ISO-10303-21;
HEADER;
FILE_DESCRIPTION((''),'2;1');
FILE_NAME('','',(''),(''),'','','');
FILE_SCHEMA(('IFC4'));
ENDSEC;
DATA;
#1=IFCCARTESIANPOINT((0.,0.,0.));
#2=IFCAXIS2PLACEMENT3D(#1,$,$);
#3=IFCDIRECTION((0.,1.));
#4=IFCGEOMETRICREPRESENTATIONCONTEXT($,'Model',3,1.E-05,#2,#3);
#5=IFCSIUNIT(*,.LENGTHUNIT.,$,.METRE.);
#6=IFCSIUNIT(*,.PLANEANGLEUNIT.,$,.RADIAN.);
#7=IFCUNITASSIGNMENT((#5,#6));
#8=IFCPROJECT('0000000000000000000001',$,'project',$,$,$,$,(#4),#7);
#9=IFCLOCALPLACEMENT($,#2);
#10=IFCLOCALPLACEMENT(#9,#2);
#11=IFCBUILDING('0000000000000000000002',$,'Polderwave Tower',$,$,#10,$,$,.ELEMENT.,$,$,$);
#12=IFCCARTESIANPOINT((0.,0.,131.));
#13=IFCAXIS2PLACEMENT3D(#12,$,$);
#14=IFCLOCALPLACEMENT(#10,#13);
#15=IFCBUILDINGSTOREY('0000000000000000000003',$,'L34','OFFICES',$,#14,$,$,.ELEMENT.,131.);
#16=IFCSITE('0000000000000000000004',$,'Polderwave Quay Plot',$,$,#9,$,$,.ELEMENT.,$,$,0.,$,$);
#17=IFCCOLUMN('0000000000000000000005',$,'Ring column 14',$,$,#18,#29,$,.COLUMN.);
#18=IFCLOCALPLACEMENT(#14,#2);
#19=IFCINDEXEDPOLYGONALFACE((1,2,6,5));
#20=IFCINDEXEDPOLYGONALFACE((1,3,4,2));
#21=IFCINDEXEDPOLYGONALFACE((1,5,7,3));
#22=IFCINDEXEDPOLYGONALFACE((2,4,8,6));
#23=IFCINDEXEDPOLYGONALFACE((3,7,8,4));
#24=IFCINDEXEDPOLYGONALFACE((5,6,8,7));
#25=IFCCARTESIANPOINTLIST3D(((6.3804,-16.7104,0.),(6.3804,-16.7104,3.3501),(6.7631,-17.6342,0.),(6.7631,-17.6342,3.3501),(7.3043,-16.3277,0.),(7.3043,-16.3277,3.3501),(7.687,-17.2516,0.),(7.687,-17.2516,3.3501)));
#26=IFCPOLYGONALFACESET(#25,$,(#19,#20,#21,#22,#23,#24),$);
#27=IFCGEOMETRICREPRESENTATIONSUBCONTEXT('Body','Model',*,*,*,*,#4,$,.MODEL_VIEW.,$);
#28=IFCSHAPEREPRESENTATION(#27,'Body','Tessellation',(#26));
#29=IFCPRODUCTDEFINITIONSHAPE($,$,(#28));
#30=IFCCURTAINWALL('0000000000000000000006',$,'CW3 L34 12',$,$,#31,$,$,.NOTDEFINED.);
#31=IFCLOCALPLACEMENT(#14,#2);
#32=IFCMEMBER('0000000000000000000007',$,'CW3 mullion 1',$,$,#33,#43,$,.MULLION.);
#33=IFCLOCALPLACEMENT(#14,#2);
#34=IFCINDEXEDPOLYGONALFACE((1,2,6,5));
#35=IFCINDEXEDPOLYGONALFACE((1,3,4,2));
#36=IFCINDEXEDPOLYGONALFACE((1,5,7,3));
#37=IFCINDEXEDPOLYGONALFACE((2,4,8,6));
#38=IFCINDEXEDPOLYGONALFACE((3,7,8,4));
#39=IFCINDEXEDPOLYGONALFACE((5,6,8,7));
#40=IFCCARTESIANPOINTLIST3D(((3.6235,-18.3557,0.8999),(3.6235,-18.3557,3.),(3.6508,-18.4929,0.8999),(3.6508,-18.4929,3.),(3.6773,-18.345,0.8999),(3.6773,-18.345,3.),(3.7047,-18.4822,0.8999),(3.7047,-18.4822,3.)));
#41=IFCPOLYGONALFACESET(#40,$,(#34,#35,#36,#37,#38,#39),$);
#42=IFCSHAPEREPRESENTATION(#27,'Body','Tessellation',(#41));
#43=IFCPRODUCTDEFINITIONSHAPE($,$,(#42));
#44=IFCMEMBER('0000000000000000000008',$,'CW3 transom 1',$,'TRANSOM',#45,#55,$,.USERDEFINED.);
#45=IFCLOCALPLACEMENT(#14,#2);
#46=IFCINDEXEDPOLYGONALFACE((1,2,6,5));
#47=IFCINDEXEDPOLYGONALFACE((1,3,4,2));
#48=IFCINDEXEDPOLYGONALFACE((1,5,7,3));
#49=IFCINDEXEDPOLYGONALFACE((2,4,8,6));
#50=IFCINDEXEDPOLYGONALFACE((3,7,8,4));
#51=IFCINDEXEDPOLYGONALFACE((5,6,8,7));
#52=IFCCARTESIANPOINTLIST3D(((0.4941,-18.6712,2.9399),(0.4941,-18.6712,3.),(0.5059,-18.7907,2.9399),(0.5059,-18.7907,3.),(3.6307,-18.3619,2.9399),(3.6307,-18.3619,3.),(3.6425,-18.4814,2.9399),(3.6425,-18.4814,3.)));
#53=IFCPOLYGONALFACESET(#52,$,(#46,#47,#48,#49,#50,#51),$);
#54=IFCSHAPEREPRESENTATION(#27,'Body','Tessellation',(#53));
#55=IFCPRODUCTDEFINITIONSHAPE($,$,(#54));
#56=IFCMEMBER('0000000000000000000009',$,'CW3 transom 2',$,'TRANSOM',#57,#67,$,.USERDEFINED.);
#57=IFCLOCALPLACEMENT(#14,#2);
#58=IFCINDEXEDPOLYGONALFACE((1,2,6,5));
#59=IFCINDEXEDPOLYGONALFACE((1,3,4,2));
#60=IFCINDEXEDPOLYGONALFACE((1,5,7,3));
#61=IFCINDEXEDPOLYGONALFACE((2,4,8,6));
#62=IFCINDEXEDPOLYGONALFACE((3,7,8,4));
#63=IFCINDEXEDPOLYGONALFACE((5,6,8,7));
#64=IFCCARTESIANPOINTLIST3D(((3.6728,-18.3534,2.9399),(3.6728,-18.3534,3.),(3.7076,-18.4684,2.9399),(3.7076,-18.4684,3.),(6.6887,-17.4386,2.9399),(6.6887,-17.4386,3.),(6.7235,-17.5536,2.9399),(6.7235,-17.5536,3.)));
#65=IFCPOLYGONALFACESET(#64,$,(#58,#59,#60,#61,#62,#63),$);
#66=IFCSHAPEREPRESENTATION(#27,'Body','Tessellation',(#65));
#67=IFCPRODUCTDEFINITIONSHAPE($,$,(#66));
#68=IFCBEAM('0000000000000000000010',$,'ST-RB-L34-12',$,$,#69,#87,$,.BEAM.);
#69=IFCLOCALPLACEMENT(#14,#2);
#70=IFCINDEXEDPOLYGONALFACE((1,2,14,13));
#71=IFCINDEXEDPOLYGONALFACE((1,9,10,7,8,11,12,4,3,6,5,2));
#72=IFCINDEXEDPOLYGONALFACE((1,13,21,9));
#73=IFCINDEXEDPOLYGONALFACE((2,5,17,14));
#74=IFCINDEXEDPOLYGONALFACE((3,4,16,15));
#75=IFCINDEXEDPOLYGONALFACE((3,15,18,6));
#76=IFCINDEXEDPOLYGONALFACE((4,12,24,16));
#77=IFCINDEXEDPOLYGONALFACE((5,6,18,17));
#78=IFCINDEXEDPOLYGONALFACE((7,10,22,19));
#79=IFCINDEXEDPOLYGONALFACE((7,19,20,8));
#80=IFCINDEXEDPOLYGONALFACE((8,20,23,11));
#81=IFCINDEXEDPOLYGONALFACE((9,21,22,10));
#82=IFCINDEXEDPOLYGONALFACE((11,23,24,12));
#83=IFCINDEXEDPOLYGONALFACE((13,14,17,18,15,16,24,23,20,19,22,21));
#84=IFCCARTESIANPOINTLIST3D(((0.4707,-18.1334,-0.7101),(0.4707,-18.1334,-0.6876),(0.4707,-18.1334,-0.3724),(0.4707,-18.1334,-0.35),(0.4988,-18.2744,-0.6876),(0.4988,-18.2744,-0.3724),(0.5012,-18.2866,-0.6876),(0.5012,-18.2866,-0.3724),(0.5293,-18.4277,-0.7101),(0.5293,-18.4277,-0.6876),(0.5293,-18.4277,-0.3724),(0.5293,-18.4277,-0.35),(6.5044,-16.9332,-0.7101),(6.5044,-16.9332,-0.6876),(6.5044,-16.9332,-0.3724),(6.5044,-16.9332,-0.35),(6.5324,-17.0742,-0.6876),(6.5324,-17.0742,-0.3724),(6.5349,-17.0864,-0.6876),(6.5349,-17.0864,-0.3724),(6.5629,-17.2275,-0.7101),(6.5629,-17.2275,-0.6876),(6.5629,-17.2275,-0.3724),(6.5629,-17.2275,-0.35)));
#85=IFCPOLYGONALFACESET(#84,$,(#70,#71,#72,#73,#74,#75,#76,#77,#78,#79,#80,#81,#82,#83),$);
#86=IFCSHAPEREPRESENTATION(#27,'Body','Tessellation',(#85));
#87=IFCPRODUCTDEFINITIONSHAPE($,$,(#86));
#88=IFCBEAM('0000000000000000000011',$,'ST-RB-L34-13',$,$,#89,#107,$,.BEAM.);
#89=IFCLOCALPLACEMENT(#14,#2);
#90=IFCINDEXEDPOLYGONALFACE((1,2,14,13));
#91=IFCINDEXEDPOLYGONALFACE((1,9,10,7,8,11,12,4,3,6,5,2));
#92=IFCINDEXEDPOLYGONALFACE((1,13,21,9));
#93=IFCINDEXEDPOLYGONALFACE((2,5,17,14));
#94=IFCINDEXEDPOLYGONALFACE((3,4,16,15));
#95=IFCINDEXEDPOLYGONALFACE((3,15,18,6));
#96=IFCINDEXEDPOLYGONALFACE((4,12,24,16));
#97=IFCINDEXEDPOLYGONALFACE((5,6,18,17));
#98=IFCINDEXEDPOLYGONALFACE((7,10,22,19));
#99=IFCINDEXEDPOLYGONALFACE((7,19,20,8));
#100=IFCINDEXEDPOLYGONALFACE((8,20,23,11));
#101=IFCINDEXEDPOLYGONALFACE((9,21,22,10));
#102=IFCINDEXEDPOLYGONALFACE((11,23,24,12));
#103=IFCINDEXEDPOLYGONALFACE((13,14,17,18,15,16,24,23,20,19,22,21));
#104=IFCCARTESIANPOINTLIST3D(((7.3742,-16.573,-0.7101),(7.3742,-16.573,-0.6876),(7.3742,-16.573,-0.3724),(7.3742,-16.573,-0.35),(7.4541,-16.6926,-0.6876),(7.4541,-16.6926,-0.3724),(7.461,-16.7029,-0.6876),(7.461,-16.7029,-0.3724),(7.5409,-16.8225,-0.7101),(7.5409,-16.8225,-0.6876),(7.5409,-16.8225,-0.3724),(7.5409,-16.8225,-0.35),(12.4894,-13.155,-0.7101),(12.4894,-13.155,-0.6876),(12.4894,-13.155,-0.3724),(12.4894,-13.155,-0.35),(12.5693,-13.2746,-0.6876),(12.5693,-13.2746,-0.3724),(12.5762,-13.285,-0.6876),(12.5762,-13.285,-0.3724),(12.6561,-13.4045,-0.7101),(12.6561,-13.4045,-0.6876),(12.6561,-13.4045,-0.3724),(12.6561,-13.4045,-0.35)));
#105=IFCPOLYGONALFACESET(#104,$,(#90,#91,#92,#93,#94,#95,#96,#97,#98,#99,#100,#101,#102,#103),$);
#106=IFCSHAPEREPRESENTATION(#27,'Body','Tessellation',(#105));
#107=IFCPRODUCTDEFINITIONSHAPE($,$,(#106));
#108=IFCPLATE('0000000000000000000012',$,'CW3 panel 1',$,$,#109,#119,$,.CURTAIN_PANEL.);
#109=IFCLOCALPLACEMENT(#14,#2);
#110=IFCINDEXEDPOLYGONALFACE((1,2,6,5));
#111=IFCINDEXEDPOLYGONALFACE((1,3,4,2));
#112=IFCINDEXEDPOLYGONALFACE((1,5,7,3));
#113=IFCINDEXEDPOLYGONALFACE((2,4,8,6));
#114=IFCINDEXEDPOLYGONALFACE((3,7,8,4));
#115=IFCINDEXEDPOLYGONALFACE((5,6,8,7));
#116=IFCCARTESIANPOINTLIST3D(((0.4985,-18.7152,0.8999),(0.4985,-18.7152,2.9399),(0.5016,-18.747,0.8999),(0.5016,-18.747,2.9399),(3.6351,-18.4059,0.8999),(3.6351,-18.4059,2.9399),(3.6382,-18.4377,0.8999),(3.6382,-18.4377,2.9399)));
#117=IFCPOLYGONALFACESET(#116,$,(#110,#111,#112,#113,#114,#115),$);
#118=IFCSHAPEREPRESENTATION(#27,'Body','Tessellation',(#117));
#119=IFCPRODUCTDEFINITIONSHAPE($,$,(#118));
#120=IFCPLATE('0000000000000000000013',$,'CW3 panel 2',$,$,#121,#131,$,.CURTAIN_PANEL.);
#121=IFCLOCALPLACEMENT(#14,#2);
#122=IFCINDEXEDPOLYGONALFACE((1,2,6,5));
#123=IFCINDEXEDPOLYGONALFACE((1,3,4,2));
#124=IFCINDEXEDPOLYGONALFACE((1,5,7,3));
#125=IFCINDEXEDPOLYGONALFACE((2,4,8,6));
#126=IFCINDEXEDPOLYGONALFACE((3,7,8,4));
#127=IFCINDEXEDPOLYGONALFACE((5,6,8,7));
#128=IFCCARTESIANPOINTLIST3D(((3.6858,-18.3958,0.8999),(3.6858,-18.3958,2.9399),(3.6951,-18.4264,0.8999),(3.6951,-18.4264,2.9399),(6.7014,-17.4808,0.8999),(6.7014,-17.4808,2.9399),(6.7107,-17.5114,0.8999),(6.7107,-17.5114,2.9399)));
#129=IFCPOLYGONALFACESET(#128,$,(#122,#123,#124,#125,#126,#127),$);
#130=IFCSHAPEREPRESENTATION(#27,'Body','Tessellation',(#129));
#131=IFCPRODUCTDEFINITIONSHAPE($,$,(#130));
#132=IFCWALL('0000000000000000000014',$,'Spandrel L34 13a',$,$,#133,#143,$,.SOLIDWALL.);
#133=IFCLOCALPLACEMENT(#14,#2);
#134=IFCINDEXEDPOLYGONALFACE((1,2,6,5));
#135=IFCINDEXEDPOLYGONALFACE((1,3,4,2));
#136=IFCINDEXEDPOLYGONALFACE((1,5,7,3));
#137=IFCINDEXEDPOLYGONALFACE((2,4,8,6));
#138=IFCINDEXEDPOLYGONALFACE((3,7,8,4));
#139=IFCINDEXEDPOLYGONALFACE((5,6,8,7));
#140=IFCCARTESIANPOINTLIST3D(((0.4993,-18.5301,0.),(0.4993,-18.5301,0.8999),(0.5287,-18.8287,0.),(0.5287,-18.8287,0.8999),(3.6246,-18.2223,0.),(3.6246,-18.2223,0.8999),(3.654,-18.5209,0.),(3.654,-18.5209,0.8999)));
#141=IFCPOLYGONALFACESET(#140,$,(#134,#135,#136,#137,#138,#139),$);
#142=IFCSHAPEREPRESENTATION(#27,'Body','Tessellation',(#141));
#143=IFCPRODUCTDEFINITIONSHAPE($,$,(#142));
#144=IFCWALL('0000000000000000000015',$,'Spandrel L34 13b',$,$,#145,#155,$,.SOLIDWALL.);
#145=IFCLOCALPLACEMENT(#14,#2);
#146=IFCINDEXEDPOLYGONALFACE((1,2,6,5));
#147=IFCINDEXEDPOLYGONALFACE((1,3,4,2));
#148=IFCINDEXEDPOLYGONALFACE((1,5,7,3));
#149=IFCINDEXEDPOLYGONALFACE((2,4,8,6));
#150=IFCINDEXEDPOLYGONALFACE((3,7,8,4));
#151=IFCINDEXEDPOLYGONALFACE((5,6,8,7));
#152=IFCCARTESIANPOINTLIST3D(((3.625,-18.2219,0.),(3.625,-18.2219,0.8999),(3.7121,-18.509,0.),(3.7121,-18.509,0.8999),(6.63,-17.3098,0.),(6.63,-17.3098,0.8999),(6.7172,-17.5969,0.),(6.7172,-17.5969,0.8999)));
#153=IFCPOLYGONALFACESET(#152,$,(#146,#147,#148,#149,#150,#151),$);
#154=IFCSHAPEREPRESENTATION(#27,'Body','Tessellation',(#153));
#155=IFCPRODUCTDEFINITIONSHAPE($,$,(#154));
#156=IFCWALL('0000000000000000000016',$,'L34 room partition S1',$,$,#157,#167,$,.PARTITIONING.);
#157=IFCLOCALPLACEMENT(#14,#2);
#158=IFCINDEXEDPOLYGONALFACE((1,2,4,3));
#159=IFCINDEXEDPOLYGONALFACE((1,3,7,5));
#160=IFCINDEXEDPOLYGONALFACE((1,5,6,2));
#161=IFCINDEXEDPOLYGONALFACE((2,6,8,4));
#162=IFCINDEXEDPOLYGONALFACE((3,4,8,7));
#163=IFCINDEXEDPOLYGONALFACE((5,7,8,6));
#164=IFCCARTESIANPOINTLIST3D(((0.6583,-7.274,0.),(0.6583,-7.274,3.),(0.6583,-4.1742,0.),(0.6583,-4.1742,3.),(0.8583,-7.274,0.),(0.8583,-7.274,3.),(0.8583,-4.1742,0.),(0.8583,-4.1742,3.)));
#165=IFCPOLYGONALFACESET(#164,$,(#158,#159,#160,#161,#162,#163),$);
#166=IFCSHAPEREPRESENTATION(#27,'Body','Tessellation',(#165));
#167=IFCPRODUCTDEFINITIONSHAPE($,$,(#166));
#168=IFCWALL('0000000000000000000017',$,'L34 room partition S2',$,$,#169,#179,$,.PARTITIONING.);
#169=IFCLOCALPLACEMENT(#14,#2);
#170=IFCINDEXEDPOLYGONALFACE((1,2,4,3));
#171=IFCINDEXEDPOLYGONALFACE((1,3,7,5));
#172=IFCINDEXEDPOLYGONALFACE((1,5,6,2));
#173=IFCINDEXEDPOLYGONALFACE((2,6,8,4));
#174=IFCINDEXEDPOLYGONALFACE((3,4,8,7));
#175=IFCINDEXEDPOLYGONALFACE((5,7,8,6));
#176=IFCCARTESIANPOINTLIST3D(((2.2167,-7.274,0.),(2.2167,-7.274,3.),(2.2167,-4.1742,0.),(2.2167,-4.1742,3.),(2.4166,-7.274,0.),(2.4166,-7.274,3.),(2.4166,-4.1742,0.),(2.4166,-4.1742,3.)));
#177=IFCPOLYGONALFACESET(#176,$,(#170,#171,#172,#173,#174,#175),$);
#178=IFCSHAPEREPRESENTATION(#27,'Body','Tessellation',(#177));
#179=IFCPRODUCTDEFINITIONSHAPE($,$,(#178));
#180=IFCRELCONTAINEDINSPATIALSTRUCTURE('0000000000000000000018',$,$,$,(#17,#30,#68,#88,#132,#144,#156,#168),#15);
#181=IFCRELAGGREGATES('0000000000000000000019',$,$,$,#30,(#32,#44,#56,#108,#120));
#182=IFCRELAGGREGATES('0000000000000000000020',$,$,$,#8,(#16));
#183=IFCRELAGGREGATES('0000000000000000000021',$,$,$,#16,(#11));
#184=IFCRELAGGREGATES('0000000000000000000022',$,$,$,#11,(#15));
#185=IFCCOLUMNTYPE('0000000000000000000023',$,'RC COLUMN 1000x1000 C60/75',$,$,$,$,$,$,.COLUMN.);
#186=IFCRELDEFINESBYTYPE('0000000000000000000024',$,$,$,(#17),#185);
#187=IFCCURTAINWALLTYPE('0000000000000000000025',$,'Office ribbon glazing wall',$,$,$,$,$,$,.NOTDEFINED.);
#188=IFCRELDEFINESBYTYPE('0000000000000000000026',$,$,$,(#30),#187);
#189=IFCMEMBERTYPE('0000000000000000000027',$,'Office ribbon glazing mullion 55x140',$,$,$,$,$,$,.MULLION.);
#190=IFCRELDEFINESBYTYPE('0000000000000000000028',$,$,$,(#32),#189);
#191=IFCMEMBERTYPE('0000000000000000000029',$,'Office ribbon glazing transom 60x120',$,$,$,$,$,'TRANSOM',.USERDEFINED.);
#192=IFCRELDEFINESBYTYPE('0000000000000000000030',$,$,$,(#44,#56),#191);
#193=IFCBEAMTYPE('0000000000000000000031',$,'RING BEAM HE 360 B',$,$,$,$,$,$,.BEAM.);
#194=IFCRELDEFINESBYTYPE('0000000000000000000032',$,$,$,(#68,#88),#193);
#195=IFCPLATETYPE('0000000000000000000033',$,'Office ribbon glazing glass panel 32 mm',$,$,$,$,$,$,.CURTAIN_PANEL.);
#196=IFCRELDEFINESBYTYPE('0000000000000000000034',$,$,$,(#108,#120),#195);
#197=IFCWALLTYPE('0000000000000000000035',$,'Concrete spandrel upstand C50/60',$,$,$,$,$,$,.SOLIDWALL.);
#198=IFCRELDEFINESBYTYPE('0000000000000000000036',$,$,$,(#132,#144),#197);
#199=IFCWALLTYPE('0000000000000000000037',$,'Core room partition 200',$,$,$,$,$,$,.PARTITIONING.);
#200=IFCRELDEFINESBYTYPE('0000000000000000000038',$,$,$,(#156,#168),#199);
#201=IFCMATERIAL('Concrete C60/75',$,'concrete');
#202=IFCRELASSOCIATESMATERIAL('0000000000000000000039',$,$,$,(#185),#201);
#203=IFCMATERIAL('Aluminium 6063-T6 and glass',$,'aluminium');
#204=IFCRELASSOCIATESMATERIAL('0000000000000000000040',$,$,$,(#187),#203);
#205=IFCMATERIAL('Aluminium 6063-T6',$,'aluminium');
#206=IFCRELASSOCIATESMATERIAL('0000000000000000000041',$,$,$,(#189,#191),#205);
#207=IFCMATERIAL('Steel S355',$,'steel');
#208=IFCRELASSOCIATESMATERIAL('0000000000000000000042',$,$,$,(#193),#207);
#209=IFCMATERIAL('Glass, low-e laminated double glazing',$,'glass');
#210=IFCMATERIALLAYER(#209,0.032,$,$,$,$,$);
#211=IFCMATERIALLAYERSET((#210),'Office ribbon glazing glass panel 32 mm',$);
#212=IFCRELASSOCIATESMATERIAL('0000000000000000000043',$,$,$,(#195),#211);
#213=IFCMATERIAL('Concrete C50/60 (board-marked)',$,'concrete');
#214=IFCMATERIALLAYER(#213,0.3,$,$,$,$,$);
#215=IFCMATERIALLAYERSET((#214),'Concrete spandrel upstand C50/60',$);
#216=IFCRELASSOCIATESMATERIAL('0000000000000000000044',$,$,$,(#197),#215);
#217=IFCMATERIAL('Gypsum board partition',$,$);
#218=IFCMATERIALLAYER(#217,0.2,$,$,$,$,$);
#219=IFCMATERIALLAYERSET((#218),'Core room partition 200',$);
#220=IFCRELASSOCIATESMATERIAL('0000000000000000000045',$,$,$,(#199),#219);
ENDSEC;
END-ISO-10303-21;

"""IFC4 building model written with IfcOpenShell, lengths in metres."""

from ifc_helpers import new_model, si_unit, direction, frame, frame_2d, origin, origin_2d, place, context, subcontext, project, spatial, rectangle, i_section, extrude, material, layer, layer_set, material_profile, profile_set, type_object, element, aggregate, save


model = new_model("IFC4")

# Units and contexts
model_context = context("Model", 3, precision=1e-05, world=origin(), true_north=direction((0.0, 1.0)))
body_context = subcontext(model_context, "Body", "Model", "MODEL_VIEW")
ifc_project = project(units=[si_unit("LENGTHUNIT", "METRE"), si_unit("PLANEANGLEUNIT", "RADIAN")], contexts=[model_context])

# Site, building, storey
site_placement = place(None, origin())
site = spatial("IfcSite", under=ifc_project, at=site_placement, Name="Polderwave Quay Plot", CompositionType="ELEMENT", RefElevation=0.0)
building_placement = place(site_placement, origin())
building = spatial("IfcBuilding", under=site, at=building_placement, Name="Polderwave Tower", CompositionType="ELEMENT")
storey_placement = place(building_placement, frame((0.0, 0.0, 131.0)))
storey = spatial("IfcBuildingStorey", under=building, at=storey_placement, Name="L34", Description="OFFICES", CompositionType="ELEMENT", Elevation=131.0)

# Column
ifc_material_1 = material(Name="Concrete C60/75", Category="concrete")
ifc_material_profile_1 = material_profile(ifc_material_1, rectangle(XDim=1.0, YDim=1.0, at=origin_2d()), Name="RC 1000x1000")
ifc_profile_set_1 = profile_set([ifc_material_profile_1], Name="Concrete C60/75")
column_type = type_object("IfcColumnType", Name="RC COLUMN 1000x1000 C60/75", PredefinedType="COLUMN", material=ifc_profile_set_1)
column_placement = place(storey_placement, frame((7.0337, -16.981, 0.0), z_axis=(0.0, 0.0, 1.0), x_axis=(0.382683, -0.92388, 0.0)))
element("IfcColumn", 1, at=column_placement, inside=storey, type_object=column_type, Name="Ring column 14", PredefinedType="COLUMN", context=body_context, shape_type="SweptSolid", body=[
    extrude(rectangle(XDim=1.0, YDim=1.0, at=origin_2d()), origin(), (0.0, 0.0, 1.0), 3.3501),
])

# Curtain wall, members
ifc_material_2 = material(Name="Aluminium 6063-T6 and glass", Category="aluminium")
curtain_wall_type = type_object("IfcCurtainWallType", Name="Office ribbon glazing wall", PredefinedType="NOTDEFINED", material=ifc_material_2)
curtain_wall_placement = place(storey_placement, origin())
curtain_wall = element("IfcCurtainWall", 2, at=curtain_wall_placement, inside=storey, type_object=curtain_wall_type, Name="CW3 L34 12", PredefinedType="NOTDEFINED")
ifc_material_3 = material(Name="Aluminium 6063-T6", Category="aluminium")
ifc_material_profile_2 = material_profile(ifc_material_3, rectangle(XDim=0.1399, YDim=0.0549, at=origin_2d()), Name="AL 55x140")
ifc_profile_set_2 = profile_set([ifc_material_profile_2], Name="Aluminium 6063-T6")
member_type_1 = type_object("IfcMemberType", Name="Office ribbon glazing mullion 55x140", PredefinedType="MULLION", material=ifc_profile_set_2)
member_1_placement = place(storey_placement, frame((3.6641, -18.4189, 0.8999), z_axis=(0.0, 0.0, 1.0), x_axis=(-0.195179, 0.980768, 0.0)))
member_1 = element("IfcMember", 3, at=member_1_placement, type_object=member_type_1, Name="CW3 mullion 1", PredefinedType="MULLION", context=body_context, shape_type="SweptSolid", body=[
    extrude(rectangle(XDim=0.1399, YDim=0.0549, at=origin_2d()), origin(), (0.0, 0.0, 1.0), 2.1001),
])
ifc_material_profile_3 = material_profile(ifc_material_3, rectangle(XDim=0.1201, YDim=0.0601, at=origin_2d()), Name="AL 60x120")
ifc_profile_set_3 = profile_set([ifc_material_profile_3], Name="Aluminium 6063-T6")
member_type_2 = type_object("IfcMemberType", Name="Office ribbon glazing transom 60x120", ElementType="TRANSOM", PredefinedType="USERDEFINED", material=ifc_profile_set_3)
member_2_placement = place(storey_placement, frame((0.5, -18.731, 2.97), z_axis=(0.995173, 0.098139, 0.0), x_axis=(-0.098139, 0.995173, 0.0)))
member_2 = element("IfcMember", 4, at=member_2_placement, type_object=member_type_2, Name="CW3 transom 1", ObjectType="TRANSOM", PredefinedType="USERDEFINED", context=body_context, shape_type="SweptSolid", body=[
    extrude(rectangle(XDim=0.1201, YDim=0.0601, at=origin_2d()), origin(), (0.0, 0.0, 1.0), 3.1519),
])
member_3_placement = place(storey_placement, frame((3.6902, -18.4109, 2.97), z_axis=(0.956946, 0.290268, 0.0), x_axis=(-0.290268, 0.956946, 0.0)))
member_3 = element("IfcMember", 5, at=member_3_placement, type_object=member_type_2, Name="CW3 transom 2", ObjectType="TRANSOM", PredefinedType="USERDEFINED", context=body_context, shape_type="SweptSolid", body=[
    extrude(rectangle(XDim=0.1201, YDim=0.0601, at=origin_2d()), origin(), (0.0, 0.0, 1.0), 3.1516),
])

# Beams
ifc_material_4 = material(Name="Steel S355", Category="steel")
ifc_material_profile_4 = material_profile(ifc_material_4, i_section(OverallWidth=0.3, OverallDepth=0.3601, WebThickness=0.0125, FlangeThickness=0.0225, at=origin_2d()), Name="HE 360 B")
ifc_profile_set_4 = profile_set([ifc_material_profile_4], Name="Steel S355")
beam_type = type_object("IfcBeamType", Name="RING BEAM HE 360 B", PredefinedType="BEAM", material=ifc_profile_set_4)
beam_1_placement = place(storey_placement, frame((0.5, -18.2805, -0.53), z_axis=(0.980785, 0.195093, 0.0), x_axis=(-0.195093, 0.980785, 0.0)))
element("IfcBeam", 6, at=beam_1_placement, inside=storey, type_object=beam_type, Name="ST-RB-L34-12", PredefinedType="BEAM", context=body_context, shape_type="SweptSolid", body=[
    extrude(i_section(OverallWidth=0.3, OverallDepth=0.3601, WebThickness=0.0125, FlangeThickness=0.0225, at=origin_2d()), origin(), (0.0, 0.0, 1.0), 6.1519),
])
beam_2_placement = place(storey_placement, frame((7.4575, -16.6978, -0.53), z_axis=(0.831464, 0.555579, 0.0), x_axis=(-0.555579, 0.831464, 0.0)))
element("IfcBeam", 7, at=beam_2_placement, inside=storey, type_object=beam_type, Name="ST-RB-L34-13", PredefinedType="BEAM", context=body_context, shape_type="SweptSolid", body=[
    extrude(i_section(OverallWidth=0.3, OverallDepth=0.3601, WebThickness=0.0125, FlangeThickness=0.0225, at=origin_2d()), origin(), (0.0, 0.0, 1.0), 6.1521),
])

# Plates
ifc_material_5 = material(Name="Glass, low-e laminated double glazing", Category="glass")
ifc_layer_1 = layer(ifc_material_5, 0.032)
ifc_layer_set_1 = layer_set([ifc_layer_1], Name="Office ribbon glazing glass panel 32 mm")
plate_type = type_object("IfcPlateType", Name="Office ribbon glazing glass panel 32 mm", PredefinedType="CURTAIN_PANEL", material=ifc_layer_set_1)
plate_1_placement = place(storey_placement, frame((2.0684, -18.5764, 0.8999), z_axis=(0.0, 0.0, 1.0), x_axis=(0.995173, 0.098134, 0.0)))
plate_1 = element("IfcPlate", 8, at=plate_1_placement, type_object=plate_type, Name="CW3 panel 1", PredefinedType="CURTAIN_PANEL", context=body_context, shape_type="SweptSolid", body=[
    extrude(rectangle(XDim=3.1519, YDim=0.032, at=origin_2d()), origin(), (0.0, 0.0, 1.0), 2.04),
])
plate_2_placement = place(storey_placement, frame((5.1982, -17.9536, 0.8999), z_axis=(0.0, 0.0, 1.0), x_axis=(0.956921, 0.290348, 0.0)))
plate_2 = element("IfcPlate", 9, at=plate_2_placement, type_object=plate_type, Name="CW3 panel 2", PredefinedType="CURTAIN_PANEL", context=body_context, shape_type="SweptSolid", body=[
    extrude(rectangle(XDim=3.1514, YDim=0.032, at=origin_2d()), origin(), (0.0, 0.0, 1.0), 2.04),
])
aggregate(curtain_wall, [member_1, member_2, member_3, plate_1, plate_2])

# Walls
ifc_material_6 = material(Name="Concrete C50/60 (board-marked)", Category="concrete")
ifc_layer_2 = layer(ifc_material_6, 0.3)
ifc_layer_set_2 = layer_set([ifc_layer_2], Name="Concrete spandrel upstand C50/60")
wall_type_1 = type_object("IfcWallType", Name="Concrete spandrel upstand C50/60", PredefinedType="SOLIDWALL", material=ifc_layer_set_2)
for number, where, z_axis, x_axis, name in (
    (10, (0.5139, -18.6794, 0.0), (0.0, 0.0, 1.0), (0.995183, 0.098033, 0.0), "Spandrel L34 13a"),
    (11, (3.6685, -18.3655, 0.0), (0.0, 0.0, 1.0), (0.956895, 0.290435, 0.0), "Spandrel L34 13b"),
):
    element("IfcWall", number, at=place(storey_placement, frame(where, z_axis=z_axis, x_axis=x_axis)), inside=storey, type_object=wall_type_1, Name=name, PredefinedType="SOLIDWALL", context=body_context, shape_type="SweptSolid", body=[
        extrude(rectangle(XDim=3.1404, YDim=0.3, at=frame_2d((1.5703, 0.0))), origin(), (0.0, 0.0, 1.0), 0.8999),
    ])
ifc_material_7 = material(Name="Gypsum board partition")
ifc_layer_3 = layer(ifc_material_7, 0.2)
ifc_layer_set_3 = layer_set([ifc_layer_3], Name="Core room partition 200")
wall_type_2 = type_object("IfcWallType", Name="Core room partition 200", PredefinedType="PARTITIONING", material=ifc_layer_set_3)
for number, where, z_axis, x_axis, name in (
    (12, (0.7583, -7.2739, 0.0), (0.0, 0.0, 1.0), (0.0, 1.0, 0.0), "L34 room partition S1"),
    (13, (2.3167, -7.2739, 0.0), (0.0, 0.0, 1.0), (0.0, 1.0, 0.0), "L34 room partition S2"),
):
    element("IfcWall", number, at=place(storey_placement, frame(where, z_axis=z_axis, x_axis=x_axis)), inside=storey, type_object=wall_type_2, Name=name, PredefinedType="PARTITIONING", context=body_context, shape_type="SweptSolid", body=[
        extrude(rectangle(XDim=3.0999, YDim=0.2, at=frame_2d((1.5498, 0.0))), origin(), (0.0, 0.0, 1.0), 3.0),
    ])

save(model, "model.ifc")
